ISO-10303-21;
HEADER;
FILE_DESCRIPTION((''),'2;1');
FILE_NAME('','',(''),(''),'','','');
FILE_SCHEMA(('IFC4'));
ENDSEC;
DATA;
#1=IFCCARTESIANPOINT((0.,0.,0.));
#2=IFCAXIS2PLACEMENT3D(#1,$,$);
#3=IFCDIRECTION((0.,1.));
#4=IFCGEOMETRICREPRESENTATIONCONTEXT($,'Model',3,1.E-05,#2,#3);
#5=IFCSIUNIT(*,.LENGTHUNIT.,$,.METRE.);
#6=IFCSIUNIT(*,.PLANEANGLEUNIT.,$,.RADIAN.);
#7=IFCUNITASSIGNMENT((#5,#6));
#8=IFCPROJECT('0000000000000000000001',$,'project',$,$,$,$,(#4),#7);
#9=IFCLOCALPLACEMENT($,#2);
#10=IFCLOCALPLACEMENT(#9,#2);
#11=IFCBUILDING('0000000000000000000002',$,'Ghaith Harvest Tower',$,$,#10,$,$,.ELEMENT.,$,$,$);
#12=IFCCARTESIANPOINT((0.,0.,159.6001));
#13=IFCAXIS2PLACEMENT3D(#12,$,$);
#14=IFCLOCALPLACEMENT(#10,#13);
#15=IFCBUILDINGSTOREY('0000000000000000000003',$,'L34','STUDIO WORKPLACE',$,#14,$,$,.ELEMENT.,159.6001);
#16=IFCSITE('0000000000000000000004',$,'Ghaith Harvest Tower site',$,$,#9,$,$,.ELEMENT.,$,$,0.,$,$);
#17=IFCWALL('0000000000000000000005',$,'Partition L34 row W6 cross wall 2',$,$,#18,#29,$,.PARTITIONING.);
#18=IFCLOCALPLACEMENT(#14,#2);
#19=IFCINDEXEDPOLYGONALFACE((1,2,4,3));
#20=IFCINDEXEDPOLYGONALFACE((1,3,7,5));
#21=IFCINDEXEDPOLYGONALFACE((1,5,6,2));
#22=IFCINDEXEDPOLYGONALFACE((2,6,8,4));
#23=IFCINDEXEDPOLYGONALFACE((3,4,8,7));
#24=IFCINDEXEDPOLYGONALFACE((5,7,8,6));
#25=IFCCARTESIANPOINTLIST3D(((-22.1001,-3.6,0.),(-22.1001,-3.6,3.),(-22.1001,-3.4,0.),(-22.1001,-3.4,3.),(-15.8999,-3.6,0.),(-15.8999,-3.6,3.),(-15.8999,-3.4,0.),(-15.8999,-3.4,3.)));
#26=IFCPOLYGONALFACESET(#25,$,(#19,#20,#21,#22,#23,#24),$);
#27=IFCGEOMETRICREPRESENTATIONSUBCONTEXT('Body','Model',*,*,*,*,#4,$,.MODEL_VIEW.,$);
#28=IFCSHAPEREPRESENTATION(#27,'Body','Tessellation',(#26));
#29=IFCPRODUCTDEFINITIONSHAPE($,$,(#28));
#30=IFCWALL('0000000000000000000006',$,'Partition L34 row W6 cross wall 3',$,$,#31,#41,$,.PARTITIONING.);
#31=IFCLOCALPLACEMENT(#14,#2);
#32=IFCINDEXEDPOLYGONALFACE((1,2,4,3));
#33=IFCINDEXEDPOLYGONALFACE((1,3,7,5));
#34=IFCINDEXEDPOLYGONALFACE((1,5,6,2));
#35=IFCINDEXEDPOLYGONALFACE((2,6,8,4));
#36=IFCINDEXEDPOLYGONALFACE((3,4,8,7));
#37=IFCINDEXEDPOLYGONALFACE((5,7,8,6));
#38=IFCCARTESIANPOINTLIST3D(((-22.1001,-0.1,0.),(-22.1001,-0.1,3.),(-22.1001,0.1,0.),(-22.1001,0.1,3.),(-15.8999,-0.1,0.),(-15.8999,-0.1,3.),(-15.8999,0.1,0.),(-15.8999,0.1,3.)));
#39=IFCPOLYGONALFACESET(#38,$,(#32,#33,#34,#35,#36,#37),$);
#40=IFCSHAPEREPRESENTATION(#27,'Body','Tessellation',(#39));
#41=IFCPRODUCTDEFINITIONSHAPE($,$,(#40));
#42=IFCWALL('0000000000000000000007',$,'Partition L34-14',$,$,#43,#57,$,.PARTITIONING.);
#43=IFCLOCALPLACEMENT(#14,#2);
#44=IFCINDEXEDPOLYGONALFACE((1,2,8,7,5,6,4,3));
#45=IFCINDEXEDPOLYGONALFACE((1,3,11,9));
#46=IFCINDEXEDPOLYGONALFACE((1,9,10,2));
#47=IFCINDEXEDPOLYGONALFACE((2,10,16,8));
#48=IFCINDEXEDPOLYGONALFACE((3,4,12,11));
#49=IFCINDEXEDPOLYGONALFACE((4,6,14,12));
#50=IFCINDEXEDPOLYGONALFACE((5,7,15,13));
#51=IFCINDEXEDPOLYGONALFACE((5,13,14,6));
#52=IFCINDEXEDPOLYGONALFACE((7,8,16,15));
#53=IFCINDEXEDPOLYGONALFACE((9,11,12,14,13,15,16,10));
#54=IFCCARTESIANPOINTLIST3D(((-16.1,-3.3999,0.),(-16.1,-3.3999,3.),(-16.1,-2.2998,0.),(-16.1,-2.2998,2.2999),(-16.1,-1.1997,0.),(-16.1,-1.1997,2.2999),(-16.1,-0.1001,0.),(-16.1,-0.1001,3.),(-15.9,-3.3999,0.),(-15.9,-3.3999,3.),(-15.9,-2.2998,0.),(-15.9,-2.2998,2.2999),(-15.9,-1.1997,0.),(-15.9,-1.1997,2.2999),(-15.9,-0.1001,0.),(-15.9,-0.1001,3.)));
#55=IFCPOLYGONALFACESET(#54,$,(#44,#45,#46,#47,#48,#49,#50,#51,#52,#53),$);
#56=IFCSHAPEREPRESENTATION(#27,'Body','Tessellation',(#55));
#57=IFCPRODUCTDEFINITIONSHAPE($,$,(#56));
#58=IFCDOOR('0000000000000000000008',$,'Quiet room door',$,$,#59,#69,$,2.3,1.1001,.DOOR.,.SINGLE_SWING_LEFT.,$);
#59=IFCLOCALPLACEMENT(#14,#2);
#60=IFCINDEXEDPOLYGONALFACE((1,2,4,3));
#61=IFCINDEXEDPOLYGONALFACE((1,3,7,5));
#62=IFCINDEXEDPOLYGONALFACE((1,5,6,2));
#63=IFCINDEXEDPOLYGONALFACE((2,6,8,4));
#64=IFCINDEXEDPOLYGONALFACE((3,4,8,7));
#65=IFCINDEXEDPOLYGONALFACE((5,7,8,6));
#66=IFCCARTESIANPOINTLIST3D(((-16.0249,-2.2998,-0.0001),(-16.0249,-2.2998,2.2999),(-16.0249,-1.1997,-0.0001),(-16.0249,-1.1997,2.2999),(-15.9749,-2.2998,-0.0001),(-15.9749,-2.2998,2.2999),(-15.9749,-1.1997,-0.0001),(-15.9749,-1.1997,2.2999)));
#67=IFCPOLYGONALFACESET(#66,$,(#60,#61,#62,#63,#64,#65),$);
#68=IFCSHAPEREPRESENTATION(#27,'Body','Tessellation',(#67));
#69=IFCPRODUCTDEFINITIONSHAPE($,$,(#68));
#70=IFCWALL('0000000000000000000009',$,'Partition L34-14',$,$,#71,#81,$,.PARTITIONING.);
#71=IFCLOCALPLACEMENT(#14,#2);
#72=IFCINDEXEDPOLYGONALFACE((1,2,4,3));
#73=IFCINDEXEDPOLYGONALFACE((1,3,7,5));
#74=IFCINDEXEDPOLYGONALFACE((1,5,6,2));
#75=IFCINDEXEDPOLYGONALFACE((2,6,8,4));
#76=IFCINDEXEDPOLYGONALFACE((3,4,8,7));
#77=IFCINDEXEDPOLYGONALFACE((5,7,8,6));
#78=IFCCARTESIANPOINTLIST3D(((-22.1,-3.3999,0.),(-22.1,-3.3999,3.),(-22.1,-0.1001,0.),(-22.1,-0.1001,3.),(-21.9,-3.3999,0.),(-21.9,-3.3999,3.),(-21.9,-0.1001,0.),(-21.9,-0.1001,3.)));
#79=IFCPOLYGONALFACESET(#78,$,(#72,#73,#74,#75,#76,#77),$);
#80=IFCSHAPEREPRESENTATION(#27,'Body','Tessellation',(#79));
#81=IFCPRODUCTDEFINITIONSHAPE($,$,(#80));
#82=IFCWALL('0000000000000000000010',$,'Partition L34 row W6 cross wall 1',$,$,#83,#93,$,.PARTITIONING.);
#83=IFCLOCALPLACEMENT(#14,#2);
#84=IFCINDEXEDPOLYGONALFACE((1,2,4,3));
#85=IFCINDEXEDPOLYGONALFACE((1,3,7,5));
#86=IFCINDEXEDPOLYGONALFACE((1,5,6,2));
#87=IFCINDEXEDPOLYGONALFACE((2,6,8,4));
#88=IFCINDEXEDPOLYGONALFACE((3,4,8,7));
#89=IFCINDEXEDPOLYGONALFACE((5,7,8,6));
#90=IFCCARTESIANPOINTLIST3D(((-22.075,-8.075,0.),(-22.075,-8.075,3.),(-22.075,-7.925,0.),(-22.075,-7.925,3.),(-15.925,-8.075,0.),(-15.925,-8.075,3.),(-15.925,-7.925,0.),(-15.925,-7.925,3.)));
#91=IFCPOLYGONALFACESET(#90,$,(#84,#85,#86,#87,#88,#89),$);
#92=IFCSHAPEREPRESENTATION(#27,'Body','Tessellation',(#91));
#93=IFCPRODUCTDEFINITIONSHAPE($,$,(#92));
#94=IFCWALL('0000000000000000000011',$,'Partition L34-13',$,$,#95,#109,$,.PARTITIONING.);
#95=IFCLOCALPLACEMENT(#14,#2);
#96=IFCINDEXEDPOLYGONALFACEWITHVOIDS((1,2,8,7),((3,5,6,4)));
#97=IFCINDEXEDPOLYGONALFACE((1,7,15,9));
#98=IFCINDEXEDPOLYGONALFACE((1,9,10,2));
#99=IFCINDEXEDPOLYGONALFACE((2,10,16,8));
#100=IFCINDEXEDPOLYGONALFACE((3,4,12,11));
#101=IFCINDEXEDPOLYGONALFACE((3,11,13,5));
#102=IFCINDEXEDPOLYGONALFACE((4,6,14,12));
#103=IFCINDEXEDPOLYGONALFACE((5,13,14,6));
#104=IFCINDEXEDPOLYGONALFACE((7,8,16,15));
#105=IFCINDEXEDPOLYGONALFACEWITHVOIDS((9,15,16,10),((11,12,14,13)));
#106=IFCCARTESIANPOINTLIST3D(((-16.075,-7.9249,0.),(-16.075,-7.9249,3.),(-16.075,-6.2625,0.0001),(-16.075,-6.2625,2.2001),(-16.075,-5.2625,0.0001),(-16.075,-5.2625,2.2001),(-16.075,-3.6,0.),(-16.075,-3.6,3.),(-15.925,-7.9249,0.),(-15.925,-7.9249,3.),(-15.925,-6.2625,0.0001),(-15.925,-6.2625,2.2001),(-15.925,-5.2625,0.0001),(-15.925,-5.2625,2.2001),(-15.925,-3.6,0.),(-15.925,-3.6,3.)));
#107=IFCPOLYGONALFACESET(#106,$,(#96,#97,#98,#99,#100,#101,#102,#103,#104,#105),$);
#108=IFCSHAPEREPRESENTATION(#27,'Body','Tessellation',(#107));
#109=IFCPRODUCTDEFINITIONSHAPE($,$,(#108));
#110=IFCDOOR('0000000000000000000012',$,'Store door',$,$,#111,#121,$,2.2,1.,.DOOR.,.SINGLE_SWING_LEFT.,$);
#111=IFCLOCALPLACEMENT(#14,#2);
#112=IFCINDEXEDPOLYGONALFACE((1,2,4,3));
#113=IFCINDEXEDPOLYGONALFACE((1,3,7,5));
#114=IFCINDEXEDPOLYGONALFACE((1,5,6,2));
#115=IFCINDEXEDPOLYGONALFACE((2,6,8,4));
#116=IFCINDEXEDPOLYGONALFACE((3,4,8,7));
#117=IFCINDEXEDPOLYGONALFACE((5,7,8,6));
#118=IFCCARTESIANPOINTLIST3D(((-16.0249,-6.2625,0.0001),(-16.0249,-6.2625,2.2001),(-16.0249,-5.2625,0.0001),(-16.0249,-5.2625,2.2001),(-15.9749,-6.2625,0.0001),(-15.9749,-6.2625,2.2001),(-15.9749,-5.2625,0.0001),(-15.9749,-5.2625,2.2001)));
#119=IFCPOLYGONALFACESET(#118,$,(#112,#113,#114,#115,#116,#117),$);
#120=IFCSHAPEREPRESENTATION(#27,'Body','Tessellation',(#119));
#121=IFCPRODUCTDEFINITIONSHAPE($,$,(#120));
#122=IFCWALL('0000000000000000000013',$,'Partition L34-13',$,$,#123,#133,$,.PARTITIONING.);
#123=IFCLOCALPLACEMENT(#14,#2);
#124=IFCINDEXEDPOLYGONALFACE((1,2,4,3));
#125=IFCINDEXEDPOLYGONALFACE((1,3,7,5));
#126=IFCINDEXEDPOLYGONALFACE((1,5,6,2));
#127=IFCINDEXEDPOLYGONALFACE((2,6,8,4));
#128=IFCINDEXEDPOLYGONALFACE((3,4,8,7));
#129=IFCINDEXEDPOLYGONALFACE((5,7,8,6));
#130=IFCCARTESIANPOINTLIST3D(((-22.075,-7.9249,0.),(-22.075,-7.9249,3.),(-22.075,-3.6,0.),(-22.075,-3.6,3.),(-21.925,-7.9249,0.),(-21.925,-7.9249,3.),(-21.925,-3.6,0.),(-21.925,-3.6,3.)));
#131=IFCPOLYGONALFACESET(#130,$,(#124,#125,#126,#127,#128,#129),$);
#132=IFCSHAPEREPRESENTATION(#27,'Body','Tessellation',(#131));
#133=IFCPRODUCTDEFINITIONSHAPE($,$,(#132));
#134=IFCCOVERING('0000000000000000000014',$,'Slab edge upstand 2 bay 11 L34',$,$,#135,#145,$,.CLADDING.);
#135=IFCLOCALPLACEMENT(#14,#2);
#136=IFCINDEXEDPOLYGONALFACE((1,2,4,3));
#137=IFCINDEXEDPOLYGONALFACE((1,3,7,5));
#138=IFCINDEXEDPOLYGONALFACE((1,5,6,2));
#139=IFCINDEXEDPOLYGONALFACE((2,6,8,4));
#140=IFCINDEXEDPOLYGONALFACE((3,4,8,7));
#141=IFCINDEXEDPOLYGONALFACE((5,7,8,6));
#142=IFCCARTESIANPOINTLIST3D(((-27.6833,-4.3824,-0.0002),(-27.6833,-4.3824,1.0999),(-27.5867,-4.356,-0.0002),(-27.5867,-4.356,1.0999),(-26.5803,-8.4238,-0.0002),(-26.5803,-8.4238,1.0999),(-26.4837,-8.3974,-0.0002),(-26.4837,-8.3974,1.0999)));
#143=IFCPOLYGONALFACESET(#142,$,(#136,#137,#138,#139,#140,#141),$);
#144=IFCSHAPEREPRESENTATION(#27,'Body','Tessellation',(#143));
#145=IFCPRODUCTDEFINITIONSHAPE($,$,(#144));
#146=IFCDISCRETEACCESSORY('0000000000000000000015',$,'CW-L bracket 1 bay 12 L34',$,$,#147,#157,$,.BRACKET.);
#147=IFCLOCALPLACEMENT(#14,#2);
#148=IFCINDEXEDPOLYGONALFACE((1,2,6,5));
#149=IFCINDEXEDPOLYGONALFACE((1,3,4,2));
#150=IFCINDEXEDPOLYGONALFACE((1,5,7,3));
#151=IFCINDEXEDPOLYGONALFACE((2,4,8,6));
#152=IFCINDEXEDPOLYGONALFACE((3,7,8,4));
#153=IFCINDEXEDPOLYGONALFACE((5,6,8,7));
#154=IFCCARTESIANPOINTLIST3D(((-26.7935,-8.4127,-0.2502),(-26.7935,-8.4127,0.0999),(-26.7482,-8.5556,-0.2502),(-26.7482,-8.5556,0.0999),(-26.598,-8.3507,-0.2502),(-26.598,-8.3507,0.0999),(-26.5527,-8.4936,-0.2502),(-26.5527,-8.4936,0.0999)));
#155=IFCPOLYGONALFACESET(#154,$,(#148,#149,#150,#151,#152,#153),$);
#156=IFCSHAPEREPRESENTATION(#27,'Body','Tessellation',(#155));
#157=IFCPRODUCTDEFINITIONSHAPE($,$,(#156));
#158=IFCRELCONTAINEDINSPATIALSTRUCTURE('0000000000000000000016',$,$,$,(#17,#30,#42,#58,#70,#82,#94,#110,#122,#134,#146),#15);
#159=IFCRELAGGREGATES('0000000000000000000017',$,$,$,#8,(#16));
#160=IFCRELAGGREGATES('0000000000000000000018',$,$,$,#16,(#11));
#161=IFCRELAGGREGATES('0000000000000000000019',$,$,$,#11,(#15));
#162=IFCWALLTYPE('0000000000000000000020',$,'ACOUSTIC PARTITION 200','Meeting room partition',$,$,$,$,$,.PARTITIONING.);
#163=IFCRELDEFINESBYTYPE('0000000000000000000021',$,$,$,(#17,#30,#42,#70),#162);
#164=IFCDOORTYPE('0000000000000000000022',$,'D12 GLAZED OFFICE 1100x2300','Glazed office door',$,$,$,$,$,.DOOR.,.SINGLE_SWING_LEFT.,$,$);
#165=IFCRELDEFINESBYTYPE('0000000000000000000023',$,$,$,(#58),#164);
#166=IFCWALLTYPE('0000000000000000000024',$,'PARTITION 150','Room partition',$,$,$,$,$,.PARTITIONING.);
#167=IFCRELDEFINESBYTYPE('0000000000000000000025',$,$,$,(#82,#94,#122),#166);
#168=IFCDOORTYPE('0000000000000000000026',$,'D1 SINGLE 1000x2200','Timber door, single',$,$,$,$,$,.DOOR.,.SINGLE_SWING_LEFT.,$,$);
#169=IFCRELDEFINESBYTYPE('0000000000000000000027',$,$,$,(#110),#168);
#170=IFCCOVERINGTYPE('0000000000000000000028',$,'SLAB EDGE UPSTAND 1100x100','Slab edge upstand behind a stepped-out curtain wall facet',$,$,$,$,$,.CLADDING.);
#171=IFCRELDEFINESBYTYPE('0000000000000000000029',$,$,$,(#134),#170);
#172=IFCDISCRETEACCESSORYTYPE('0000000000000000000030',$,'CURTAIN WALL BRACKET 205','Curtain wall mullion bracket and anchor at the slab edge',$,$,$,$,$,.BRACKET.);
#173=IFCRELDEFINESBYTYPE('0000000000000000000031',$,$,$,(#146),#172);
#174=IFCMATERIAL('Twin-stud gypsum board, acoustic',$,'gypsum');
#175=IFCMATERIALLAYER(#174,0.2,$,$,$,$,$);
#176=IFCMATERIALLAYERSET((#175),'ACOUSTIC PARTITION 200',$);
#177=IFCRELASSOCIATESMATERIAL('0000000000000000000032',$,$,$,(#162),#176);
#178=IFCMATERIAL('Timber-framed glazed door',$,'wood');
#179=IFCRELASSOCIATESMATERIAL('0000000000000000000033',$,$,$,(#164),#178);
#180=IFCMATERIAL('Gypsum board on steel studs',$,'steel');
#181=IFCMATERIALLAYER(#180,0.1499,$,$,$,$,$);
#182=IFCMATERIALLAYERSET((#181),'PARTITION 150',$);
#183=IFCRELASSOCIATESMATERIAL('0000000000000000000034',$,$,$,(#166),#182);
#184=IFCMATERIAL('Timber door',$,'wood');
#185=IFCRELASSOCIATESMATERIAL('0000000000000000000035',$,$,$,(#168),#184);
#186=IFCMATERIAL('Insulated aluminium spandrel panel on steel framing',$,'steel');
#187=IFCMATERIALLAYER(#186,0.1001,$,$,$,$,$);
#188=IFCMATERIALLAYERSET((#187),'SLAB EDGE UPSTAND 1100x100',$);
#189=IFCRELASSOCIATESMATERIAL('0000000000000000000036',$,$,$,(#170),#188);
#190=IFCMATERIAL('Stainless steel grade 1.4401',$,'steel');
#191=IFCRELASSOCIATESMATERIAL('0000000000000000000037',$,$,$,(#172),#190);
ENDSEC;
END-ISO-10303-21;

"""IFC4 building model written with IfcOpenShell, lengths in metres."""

from ifc_helpers import new_model, si_unit, direction, frame, frame_2d, origin, origin_2d, place, context, subcontext, project, spatial, rectangle, extrude, material, layer, layer_set, type_object, element, fill, save


model = new_model("IFC4")

# Units and contexts
model_context = context("Model", 3, precision=1e-05, world=origin(), true_north=direction((0.0, 1.0)))
body_context = subcontext(model_context, "Body", "Model", "MODEL_VIEW")
ifc_project = project(units=[si_unit("LENGTHUNIT", "METRE"), si_unit("PLANEANGLEUNIT", "RADIAN")], contexts=[model_context])

# Site, building, storey
site_placement = place(None, origin())
site = spatial("IfcSite", under=ifc_project, at=site_placement, Name="Ghaith Harvest Tower site", CompositionType="ELEMENT", RefElevation=0.0)
building_placement = place(site_placement, origin())
building = spatial("IfcBuilding", under=site, at=building_placement, Name="Ghaith Harvest Tower", CompositionType="ELEMENT")
storey_placement = place(building_placement, frame((0.0, 0.0, 159.6001)))
storey = spatial("IfcBuildingStorey", under=building, at=storey_placement, Name="L34", Description="STUDIO WORKPLACE", CompositionType="ELEMENT", Elevation=159.6001)

# Walls
ifc_material_1 = material(Name="Twin-stud gypsum board, acoustic", Category="gypsum")
ifc_layer_1 = layer(ifc_material_1, 0.2)
ifc_layer_set_1 = layer_set([ifc_layer_1], Name="ACOUSTIC PARTITION 200")
wall_type_1 = type_object("IfcWallType", Name="ACOUSTIC PARTITION 200", Description="Meeting room partition", PredefinedType="PARTITIONING", material=ifc_layer_set_1)
for number, where, z_axis, x_axis, name in (
    (1, (-15.8999, -3.5, 0.0), (0.0, 0.0, 1.0), (-1.0, 0.0, 0.0), "Partition L34 row W6 cross wall 2"),
    (2, (-15.8999, 0.0, 0.0), (0.0, 0.0, 1.0), (-1.0, 0.0, 0.0), "Partition L34 row W6 cross wall 3"),
):
    element("IfcWall", number, at=place(storey_placement, frame(where, z_axis=z_axis, x_axis=x_axis)), inside=storey, type_object=wall_type_1, Name=name, PredefinedType="PARTITIONING", context=body_context, shape_type="SweptSolid", body=[
        extrude(rectangle(XDim=6.2002, YDim=0.2, at=frame_2d((3.1001, 0.0))), origin(), (0.0, 0.0, 1.0), 3.0),
    ])

# Wall, opening, door
wall_1_placement = place(storey_placement, frame((-16.0, -3.3999, 0.0), z_axis=(0.0, 0.0, 1.0), x_axis=(0.0, 1.0, 0.0)))
wall_1 = element("IfcWall", 3, at=wall_1_placement, inside=storey, type_object=wall_type_1, Name="Partition L34-14", PredefinedType="PARTITIONING", context=body_context, shape_type="SweptSolid", body=[
    extrude(rectangle(XDim=3.2998, YDim=0.2, at=frame_2d((1.6499, 0.0))), origin(), (0.0, 0.0, 1.0), 3.0),
])
opening_1_placement = place(wall_1_placement, frame((1.1001, 0.0, 0.0)))
opening_1 = element("IfcOpeningElement", 4, at=opening_1_placement, cuts=wall_1, PredefinedType="OPENING", context=body_context, shape_type="SweptSolid", body=[
    extrude(rectangle(XDim=1.1001, YDim=2.3, at=frame_2d((0.55, 1.1499))), frame((0.0, 0.1099, 0.0), z_axis=(0.0, -1.0, 0.0), x_axis=(1.0, 0.0, 0.0)), (0.0, 0.0, 1.0), 0.22),
])
ifc_material_2 = material(Name="Timber-framed glazed door", Category="wood")
door_type_1 = type_object("IfcDoorType", Name="D12 GLAZED OFFICE 1100x2300", Description="Glazed office door", OperationType="SINGLE_SWING_LEFT", PredefinedType="DOOR", material=ifc_material_2)
door_1_placement = place(opening_1_placement, origin())
door_1 = element("IfcDoor", 5, at=door_1_placement, inside=storey, type_object=door_type_1, Name="Quiet room door", OperationType="SINGLE_SWING_LEFT", OverallHeight=2.3, OverallWidth=1.1001, PredefinedType="DOOR", context=body_context, shape_type="SweptSolid", body=[
    extrude(rectangle(XDim=1.1001, YDim=2.3, at=frame_2d((0.55, 1.1499))), frame((0.0, 0.0249, 0.0), z_axis=(0.0, -1.0, 0.0), x_axis=(1.0, 0.0, 0.0)), (0.0, 0.0, 1.0), 0.05),
])
fill(opening_1, door_1)

# Walls
wall_2_placement = place(storey_placement, frame((-22.0, -3.3999, 0.0), z_axis=(0.0, 0.0, 1.0), x_axis=(0.0, 1.0, 0.0)))
element("IfcWall", 6, at=wall_2_placement, inside=storey, type_object=wall_type_1, Name="Partition L34-14", PredefinedType="PARTITIONING", context=body_context, shape_type="SweptSolid", body=[
    extrude(rectangle(XDim=3.2998, YDim=0.2, at=frame_2d((1.6499, 0.0))), origin(), (0.0, 0.0, 1.0), 3.0),
])
ifc_material_3 = material(Name="Gypsum board on steel studs", Category="steel")
ifc_layer_2 = layer(ifc_material_3, 0.1499)
ifc_layer_set_2 = layer_set([ifc_layer_2], Name="PARTITION 150")
wall_type_2 = type_object("IfcWallType", Name="PARTITION 150", Description="Room partition", PredefinedType="PARTITIONING", material=ifc_layer_set_2)
wall_3_placement = place(storey_placement, frame((-15.925, -8.0, 0.0), z_axis=(0.0, 0.0, 1.0), x_axis=(-1.0, 0.0, 0.0)))
element("IfcWall", 7, at=wall_3_placement, inside=storey, type_object=wall_type_2, Name="Partition L34 row W6 cross wall 1", PredefinedType="PARTITIONING", context=body_context, shape_type="SweptSolid", body=[
    extrude(rectangle(XDim=6.1499, YDim=0.1499, at=frame_2d((3.075, 0.0))), origin(), (0.0, 0.0, 1.0), 3.0),
])

# Wall, opening, door
wall_4_placement = place(storey_placement, frame((-16.0, -7.925, 0.0), z_axis=(0.0, 0.0, 1.0), x_axis=(0.0, 1.0, 0.0)))
wall_4 = element("IfcWall", 8, at=wall_4_placement, inside=storey, type_object=wall_type_2, Name="Partition L34-13", PredefinedType="PARTITIONING", context=body_context, shape_type="SweptSolid", body=[
    extrude(rectangle(XDim=4.325, YDim=0.1499, at=frame_2d((2.1626, 0.0))), origin(), (0.0, 0.0, 1.0), 3.0),
])
opening_2_placement = place(wall_4_placement, frame((1.6626, 0.0, 0.0)))
opening_2 = element("IfcOpeningElement", 9, at=opening_2_placement, cuts=wall_4, PredefinedType="OPENING", context=body_context, shape_type="SweptSolid", body=[
    extrude(rectangle(XDim=1.0, YDim=2.2, at=frame_2d((0.5, 1.1001))), frame((0.0, 0.085, 0.0), z_axis=(0.0, -1.0, 0.0), x_axis=(1.0, 0.0, 0.0)), (0.0, 0.0, 1.0), 0.1699),
])
ifc_material_4 = material(Name="Timber door", Category="wood")
door_type_2 = type_object("IfcDoorType", Name="D1 SINGLE 1000x2200", Description="Timber door, single", OperationType="SINGLE_SWING_LEFT", PredefinedType="DOOR", material=ifc_material_4)
door_2_placement = place(opening_2_placement, origin())
door_2 = element("IfcDoor", 10, at=door_2_placement, inside=storey, type_object=door_type_2, Name="Store door", OperationType="SINGLE_SWING_LEFT", OverallHeight=2.2, OverallWidth=1.0, PredefinedType="DOOR", context=body_context, shape_type="SweptSolid", body=[
    extrude(rectangle(XDim=1.0, YDim=2.2, at=frame_2d((0.5, 1.1001))), frame((0.0, 0.0249, 0.0), z_axis=(0.0, -1.0, 0.0), x_axis=(1.0, 0.0, 0.0)), (0.0, 0.0, 1.0), 0.05),
])
fill(opening_2, door_2)

# Wall
wall_5_placement = place(storey_placement, frame((-22.0, -7.925, 0.0), z_axis=(0.0, 0.0, 1.0), x_axis=(0.0, 1.0, 0.0)))
element("IfcWall", 11, at=wall_5_placement, inside=storey, type_object=wall_type_2, Name="Partition L34-13", PredefinedType="PARTITIONING", context=body_context, shape_type="SweptSolid", body=[
    extrude(rectangle(XDim=4.325, YDim=0.1499, at=frame_2d((2.1626, 0.0))), origin(), (0.0, 0.0, 1.0), 3.0),
])

# Covering
ifc_material_5 = material(Name="Insulated aluminium spandrel panel on steel framing", Category="steel")
ifc_layer_3 = layer(ifc_material_5, 0.1001)
ifc_layer_set_3 = layer_set([ifc_layer_3], Name="SLAB EDGE UPSTAND 1100x100")
covering_type = type_object("IfcCoveringType", Name="SLAB EDGE UPSTAND 1100x100", Description="Slab edge upstand behind a stepped-out curtain wall facet", PredefinedType="CLADDING", material=ifc_layer_set_3)
covering_placement = place(storey_placement, frame((-27.0835, -6.3899, -0.0002), z_axis=(0.0, 0.0, 1.0), x_axis=(0.263288, -0.964717, 0.0)))
element("IfcCovering", 12, at=covering_placement, inside=storey, type_object=covering_type, Name="Slab edge upstand 2 bay 11 L34", PredefinedType="CLADDING", context=body_context, shape_type="SweptSolid", body=[
    extrude(rectangle(XDim=4.1892, YDim=0.1001, at=origin_2d()), origin(), (0.0, 0.0, 1.0), 1.1001),
])

# Discrete accessory
ifc_material_6 = material(Name="Stainless steel grade 1.4401", Category="steel")
discrete_accessory_type = type_object("IfcDiscreteAccessoryType", Name="CURTAIN WALL BRACKET 205", Description="Curtain wall mullion bracket and anchor at the slab edge", PredefinedType="BRACKET", material=ifc_material_6)
discrete_accessory_placement = place(storey_placement, frame((-26.6731, -8.4531, -0.2502), z_axis=(0.0, 0.0, 1.0), x_axis=(-0.953273, -0.30211, 0.0)))
element("IfcDiscreteAccessory", 13, at=discrete_accessory_placement, inside=storey, type_object=discrete_accessory_type, Name="CW-L bracket 1 bay 12 L34", PredefinedType="BRACKET", context=body_context, shape_type="SweptSolid", body=[
    extrude(rectangle(XDim=0.2051, YDim=0.1499, at=origin_2d()), origin(), (0.0, 0.0, 1.0), 0.3501),
])

save(model, "model.ifc")
